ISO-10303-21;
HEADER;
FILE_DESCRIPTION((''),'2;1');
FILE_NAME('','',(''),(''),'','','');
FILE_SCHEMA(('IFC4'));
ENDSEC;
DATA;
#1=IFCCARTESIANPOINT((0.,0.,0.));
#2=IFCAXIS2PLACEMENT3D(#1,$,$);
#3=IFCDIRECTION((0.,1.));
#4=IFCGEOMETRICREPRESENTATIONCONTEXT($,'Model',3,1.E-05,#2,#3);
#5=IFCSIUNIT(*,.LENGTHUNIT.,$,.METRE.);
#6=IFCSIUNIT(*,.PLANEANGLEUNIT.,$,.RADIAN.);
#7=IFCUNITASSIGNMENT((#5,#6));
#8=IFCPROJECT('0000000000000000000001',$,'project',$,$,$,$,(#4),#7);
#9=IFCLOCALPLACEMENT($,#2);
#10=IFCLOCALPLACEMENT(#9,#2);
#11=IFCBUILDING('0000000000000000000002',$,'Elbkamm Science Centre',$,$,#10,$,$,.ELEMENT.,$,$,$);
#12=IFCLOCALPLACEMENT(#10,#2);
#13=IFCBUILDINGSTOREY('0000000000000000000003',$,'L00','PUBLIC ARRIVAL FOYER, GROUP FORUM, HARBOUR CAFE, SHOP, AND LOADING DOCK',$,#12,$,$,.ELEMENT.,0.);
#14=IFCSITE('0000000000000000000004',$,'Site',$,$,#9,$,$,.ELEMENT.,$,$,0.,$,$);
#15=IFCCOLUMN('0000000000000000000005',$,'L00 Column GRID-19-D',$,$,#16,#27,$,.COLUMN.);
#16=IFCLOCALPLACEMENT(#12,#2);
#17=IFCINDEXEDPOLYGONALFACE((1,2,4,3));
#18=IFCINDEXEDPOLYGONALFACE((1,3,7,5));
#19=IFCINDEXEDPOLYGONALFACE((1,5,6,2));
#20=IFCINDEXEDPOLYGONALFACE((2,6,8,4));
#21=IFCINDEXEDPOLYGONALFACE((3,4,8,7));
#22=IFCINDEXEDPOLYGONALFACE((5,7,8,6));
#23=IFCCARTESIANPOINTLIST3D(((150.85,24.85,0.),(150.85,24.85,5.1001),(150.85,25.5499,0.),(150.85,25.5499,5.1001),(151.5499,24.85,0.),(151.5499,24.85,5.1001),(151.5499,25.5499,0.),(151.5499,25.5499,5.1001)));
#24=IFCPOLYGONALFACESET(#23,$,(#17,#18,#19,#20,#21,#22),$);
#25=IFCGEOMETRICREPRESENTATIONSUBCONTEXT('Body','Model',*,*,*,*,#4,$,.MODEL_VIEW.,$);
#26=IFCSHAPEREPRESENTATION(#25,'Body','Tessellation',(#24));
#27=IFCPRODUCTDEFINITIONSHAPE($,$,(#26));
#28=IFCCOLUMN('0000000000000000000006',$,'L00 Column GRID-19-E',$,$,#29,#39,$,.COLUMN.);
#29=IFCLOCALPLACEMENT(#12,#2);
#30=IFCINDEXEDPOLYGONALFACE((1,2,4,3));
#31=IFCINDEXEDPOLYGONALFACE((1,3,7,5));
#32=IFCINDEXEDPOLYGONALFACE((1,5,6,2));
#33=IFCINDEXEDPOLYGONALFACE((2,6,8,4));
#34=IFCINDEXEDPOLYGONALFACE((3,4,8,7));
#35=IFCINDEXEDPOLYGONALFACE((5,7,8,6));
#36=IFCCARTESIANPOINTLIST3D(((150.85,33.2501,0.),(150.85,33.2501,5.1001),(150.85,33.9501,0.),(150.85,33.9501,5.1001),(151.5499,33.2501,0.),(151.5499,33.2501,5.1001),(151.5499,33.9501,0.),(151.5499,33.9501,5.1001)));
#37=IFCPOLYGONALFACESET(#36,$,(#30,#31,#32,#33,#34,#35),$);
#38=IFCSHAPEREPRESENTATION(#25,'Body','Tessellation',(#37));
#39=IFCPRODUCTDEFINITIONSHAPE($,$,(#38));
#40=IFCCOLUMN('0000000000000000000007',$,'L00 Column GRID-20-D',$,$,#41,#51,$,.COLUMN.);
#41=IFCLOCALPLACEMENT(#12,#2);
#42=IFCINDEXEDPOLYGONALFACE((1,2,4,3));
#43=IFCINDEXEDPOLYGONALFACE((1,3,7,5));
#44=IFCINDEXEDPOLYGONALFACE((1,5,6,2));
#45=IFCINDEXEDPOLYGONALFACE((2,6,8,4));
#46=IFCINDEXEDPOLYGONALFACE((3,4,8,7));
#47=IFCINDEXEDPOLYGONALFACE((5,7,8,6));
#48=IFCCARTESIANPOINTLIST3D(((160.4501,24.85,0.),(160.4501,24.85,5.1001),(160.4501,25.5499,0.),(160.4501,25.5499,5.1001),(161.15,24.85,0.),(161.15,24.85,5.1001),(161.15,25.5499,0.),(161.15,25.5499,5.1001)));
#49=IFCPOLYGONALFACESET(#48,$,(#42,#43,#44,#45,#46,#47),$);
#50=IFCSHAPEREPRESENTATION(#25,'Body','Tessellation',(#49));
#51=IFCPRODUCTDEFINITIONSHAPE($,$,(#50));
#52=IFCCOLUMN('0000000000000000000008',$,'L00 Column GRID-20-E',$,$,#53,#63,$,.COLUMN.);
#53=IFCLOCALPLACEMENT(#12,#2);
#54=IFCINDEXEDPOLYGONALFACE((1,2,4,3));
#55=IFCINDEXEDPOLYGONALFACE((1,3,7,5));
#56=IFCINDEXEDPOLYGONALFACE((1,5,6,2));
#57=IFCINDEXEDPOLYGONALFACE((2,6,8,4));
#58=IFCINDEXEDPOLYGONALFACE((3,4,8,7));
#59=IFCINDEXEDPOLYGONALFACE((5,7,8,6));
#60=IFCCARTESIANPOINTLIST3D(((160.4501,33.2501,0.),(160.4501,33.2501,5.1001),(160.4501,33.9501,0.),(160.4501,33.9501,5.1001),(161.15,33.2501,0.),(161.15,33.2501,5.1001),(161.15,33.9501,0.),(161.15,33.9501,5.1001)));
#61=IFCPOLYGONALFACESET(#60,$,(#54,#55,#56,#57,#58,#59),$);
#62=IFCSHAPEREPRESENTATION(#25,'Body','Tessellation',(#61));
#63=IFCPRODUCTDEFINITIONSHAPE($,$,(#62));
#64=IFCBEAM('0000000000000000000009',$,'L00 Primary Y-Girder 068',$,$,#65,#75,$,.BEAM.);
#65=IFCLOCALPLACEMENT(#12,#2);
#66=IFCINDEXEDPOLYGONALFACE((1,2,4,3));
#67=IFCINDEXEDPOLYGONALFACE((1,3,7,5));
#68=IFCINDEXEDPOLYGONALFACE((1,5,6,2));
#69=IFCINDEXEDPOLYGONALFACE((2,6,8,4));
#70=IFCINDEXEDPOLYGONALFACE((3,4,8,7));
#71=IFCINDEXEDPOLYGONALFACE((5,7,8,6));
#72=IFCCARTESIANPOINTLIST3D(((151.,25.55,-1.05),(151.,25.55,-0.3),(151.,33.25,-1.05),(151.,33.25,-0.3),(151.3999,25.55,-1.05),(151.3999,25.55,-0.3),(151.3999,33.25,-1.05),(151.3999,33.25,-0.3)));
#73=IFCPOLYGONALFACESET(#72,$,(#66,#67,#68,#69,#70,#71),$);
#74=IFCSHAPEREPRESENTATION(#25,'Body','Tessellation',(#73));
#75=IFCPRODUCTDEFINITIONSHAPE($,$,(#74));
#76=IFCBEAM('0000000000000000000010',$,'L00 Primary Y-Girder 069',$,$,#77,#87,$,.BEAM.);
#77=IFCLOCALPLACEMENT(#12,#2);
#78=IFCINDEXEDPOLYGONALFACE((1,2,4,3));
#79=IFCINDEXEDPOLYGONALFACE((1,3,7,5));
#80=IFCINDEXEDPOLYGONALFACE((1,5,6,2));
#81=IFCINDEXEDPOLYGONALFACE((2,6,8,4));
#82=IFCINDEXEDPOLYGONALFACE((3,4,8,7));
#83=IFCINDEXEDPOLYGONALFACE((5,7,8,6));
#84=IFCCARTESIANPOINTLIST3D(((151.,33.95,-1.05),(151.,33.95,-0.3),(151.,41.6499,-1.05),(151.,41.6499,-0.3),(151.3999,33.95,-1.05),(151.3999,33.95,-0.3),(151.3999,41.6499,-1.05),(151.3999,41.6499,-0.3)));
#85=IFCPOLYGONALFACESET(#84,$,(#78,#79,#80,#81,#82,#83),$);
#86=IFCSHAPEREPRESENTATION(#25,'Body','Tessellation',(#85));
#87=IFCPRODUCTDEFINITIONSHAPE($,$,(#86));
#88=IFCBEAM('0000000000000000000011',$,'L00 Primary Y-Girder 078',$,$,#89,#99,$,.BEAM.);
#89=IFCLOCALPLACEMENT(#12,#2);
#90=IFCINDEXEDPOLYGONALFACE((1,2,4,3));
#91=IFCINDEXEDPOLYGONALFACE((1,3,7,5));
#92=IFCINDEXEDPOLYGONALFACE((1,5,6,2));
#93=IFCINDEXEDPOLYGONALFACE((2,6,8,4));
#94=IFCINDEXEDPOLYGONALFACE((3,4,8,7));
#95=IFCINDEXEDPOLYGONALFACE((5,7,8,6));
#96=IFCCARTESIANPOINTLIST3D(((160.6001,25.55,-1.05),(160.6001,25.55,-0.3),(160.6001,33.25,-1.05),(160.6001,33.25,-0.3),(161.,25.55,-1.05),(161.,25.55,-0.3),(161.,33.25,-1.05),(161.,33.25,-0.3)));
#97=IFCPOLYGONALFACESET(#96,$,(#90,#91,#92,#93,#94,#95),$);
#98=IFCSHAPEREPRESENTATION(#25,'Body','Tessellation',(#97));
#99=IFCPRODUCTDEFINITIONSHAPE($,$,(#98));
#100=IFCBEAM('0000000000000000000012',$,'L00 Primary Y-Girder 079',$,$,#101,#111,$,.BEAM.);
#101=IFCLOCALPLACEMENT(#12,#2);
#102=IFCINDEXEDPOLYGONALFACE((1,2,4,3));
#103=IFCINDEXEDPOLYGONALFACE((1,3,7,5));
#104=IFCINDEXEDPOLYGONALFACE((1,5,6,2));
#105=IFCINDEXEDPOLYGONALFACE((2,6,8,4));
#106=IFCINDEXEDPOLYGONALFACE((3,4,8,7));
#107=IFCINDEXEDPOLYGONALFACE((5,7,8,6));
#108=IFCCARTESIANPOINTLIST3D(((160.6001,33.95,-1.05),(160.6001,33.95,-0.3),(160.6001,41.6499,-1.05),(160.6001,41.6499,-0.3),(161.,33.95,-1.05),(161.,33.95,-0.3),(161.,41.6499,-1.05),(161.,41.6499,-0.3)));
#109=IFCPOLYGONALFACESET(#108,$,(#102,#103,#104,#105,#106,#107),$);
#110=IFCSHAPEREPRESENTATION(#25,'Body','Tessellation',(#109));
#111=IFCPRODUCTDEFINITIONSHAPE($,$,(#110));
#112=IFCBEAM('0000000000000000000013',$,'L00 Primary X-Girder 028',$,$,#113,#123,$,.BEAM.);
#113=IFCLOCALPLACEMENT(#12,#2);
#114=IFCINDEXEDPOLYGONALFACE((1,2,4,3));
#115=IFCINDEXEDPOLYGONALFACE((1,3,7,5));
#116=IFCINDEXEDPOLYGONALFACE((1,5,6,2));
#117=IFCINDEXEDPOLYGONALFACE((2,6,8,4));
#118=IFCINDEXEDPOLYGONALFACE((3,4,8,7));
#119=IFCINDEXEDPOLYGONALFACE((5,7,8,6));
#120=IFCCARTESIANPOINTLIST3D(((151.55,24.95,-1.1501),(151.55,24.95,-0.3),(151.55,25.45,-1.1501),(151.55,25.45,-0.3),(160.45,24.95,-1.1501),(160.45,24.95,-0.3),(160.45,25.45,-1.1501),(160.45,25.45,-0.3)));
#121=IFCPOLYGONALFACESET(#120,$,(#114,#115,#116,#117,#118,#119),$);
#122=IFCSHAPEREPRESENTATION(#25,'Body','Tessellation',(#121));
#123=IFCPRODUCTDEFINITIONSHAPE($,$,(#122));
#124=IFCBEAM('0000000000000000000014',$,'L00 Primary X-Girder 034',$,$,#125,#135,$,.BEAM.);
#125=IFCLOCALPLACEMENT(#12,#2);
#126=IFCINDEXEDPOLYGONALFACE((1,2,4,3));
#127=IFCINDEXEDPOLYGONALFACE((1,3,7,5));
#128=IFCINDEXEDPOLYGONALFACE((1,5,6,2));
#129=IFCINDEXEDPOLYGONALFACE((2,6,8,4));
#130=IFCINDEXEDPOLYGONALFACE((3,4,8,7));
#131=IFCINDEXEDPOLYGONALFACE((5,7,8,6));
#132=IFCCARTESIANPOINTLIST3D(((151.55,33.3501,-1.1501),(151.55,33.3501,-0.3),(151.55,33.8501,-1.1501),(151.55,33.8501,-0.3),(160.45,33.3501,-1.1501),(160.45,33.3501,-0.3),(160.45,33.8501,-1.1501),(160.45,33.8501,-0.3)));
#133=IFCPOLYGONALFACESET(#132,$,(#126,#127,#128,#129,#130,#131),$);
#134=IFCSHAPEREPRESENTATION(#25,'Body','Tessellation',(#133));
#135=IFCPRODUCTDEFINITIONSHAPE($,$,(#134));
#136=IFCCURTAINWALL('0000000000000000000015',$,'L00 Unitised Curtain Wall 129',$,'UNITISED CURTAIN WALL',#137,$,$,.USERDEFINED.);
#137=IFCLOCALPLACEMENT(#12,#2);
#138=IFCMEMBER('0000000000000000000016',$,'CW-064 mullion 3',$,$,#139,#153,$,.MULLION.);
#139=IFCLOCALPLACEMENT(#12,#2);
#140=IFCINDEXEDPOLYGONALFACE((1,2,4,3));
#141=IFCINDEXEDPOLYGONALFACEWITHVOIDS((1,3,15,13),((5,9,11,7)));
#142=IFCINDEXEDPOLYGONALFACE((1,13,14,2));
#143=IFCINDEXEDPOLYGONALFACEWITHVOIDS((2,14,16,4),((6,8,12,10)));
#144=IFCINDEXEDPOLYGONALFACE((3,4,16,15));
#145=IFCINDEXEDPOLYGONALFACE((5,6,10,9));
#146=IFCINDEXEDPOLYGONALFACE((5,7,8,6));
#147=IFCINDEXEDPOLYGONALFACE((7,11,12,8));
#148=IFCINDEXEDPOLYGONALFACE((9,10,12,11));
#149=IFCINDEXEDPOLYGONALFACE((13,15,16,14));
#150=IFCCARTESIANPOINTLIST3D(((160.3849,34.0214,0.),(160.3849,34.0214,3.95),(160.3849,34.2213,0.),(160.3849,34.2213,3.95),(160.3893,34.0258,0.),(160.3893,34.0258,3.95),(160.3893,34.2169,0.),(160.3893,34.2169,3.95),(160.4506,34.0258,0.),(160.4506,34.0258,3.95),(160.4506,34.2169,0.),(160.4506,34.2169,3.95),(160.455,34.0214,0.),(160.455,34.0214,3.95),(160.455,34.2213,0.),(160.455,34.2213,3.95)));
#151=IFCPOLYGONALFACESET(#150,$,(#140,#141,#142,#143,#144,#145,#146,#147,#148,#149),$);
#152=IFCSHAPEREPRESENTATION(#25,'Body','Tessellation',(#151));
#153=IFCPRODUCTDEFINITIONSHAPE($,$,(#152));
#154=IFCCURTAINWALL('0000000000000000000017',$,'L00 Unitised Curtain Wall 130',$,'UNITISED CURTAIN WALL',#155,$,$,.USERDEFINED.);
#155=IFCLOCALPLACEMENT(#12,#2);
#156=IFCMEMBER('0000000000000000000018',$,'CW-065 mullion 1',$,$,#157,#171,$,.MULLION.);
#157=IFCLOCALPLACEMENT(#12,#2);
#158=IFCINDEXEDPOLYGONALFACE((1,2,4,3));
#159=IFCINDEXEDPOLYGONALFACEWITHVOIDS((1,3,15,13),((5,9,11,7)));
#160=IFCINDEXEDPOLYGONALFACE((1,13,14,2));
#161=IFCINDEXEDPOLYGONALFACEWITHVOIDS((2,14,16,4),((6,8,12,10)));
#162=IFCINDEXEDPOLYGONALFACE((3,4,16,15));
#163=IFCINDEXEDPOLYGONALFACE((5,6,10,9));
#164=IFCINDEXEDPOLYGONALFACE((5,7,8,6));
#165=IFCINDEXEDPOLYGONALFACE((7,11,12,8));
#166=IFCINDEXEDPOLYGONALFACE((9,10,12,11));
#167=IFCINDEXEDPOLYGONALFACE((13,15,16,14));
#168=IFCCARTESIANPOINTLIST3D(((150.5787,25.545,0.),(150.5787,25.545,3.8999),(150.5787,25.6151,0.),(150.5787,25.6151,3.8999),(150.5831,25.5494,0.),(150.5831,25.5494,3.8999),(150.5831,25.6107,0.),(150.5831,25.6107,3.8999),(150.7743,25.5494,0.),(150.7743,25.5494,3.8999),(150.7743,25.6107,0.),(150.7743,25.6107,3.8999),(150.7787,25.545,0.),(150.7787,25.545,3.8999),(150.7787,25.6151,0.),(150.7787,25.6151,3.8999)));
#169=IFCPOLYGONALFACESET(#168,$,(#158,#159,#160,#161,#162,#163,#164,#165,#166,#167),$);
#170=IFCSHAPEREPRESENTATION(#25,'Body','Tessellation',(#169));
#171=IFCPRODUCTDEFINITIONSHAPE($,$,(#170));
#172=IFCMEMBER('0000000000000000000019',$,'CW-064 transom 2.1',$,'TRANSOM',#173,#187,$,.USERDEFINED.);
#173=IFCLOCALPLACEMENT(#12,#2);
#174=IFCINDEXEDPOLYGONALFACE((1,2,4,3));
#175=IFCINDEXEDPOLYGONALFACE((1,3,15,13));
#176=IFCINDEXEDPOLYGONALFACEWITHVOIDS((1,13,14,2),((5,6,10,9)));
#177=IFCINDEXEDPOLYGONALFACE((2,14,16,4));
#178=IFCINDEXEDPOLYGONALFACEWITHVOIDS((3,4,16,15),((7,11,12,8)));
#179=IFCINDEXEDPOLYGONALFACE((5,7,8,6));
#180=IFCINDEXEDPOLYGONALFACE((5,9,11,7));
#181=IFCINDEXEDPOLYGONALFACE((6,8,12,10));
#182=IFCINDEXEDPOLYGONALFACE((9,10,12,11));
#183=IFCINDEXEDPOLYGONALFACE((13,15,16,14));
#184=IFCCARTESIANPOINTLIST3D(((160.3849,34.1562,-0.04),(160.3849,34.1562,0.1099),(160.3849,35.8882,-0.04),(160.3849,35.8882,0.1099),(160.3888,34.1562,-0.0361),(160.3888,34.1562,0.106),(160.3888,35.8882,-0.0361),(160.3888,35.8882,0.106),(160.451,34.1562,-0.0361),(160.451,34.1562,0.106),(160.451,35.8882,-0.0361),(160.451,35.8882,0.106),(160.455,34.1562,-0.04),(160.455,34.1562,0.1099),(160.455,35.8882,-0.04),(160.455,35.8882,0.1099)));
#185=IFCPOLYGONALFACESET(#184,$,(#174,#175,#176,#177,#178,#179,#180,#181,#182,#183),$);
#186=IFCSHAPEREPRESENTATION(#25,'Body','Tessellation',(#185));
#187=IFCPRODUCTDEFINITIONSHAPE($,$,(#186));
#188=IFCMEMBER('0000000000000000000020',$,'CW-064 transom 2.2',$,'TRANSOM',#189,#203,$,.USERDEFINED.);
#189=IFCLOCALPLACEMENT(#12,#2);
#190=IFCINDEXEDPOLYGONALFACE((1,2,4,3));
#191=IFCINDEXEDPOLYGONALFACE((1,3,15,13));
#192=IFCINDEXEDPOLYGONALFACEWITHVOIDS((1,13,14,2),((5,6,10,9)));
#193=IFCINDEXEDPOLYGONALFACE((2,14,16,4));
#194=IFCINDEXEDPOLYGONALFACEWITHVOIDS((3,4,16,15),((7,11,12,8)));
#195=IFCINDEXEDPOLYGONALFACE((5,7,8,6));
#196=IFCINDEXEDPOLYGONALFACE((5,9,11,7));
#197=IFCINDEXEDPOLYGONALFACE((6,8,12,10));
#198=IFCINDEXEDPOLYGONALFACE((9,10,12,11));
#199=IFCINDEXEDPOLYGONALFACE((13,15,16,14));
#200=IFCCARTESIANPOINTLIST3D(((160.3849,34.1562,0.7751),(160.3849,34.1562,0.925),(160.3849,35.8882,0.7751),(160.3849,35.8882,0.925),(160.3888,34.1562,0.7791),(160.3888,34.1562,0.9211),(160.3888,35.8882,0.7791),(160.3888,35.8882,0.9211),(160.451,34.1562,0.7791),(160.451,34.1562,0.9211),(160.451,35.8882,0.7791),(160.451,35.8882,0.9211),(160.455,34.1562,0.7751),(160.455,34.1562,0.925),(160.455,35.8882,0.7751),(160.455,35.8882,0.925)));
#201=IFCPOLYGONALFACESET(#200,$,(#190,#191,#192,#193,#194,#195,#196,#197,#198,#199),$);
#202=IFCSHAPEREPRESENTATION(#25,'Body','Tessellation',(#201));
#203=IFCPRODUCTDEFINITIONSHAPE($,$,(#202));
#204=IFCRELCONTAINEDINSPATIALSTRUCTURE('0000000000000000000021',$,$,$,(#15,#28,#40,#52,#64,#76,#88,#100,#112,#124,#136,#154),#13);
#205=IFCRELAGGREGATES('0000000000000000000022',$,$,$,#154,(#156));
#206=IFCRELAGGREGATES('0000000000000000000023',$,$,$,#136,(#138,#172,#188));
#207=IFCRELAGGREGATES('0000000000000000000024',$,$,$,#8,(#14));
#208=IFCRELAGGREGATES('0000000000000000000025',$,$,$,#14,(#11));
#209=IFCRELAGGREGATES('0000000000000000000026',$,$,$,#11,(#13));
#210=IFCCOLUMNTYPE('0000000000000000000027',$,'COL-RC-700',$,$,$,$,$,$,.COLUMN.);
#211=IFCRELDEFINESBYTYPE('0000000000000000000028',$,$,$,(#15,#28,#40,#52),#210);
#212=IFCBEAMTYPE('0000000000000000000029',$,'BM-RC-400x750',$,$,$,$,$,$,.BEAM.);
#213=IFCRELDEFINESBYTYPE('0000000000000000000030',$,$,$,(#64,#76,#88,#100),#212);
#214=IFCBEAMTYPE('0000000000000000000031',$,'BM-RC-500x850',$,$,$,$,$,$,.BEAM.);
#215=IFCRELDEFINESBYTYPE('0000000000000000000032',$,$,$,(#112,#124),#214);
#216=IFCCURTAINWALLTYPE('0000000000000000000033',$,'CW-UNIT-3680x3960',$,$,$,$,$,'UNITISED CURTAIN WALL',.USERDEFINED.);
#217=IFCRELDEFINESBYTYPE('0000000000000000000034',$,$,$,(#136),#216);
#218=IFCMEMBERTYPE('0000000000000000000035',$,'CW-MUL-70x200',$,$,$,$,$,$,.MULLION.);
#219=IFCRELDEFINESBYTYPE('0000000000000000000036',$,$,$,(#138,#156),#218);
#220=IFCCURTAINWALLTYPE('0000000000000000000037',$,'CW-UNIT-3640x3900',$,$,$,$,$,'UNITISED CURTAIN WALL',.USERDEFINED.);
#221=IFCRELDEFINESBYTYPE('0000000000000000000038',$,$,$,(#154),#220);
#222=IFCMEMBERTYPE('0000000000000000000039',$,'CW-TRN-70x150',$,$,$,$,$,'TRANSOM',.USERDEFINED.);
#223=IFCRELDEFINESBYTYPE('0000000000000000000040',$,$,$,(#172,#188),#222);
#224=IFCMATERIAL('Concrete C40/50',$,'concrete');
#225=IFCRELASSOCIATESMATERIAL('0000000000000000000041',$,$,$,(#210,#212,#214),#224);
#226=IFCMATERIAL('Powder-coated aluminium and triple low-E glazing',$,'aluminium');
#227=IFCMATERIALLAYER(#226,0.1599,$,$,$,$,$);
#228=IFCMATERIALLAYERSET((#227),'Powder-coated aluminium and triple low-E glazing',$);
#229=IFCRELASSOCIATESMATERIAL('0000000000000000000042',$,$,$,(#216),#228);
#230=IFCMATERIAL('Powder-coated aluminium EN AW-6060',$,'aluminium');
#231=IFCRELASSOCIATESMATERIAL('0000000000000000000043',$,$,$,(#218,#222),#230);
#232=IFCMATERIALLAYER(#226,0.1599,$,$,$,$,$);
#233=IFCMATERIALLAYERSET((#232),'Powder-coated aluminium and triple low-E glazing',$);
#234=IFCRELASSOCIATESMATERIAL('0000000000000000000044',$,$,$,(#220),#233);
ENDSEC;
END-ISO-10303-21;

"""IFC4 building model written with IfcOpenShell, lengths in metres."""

from ifc_helpers import new_model, si_unit, direction, frame, origin, origin_2d, place, context, subcontext, project, spatial, rectangle, hollow_rectangle, extrude, material, layer, layer_set, material_profile, profile_set, type_object, element, aggregate, save


model = new_model("IFC4")

# Units and contexts
model_context = context("Model", 3, precision=1e-05, world=origin(), true_north=direction((0.0, 1.0)))
body_context = subcontext(model_context, "Body", "Model", "MODEL_VIEW")
ifc_project = project(units=[si_unit("LENGTHUNIT", "METRE"), si_unit("PLANEANGLEUNIT", "RADIAN")], contexts=[model_context])

# Site, building, storey
site_placement = place(None, origin())
site = spatial("IfcSite", under=ifc_project, at=site_placement, Name="Site", CompositionType="ELEMENT", RefElevation=0.0)
building_placement = place(site_placement, origin())
building = spatial("IfcBuilding", under=site, at=building_placement, Name="Elbkamm Science Centre", CompositionType="ELEMENT")
storey_placement = place(building_placement, origin())
storey = spatial("IfcBuildingStorey", under=building, at=storey_placement, Name="L00", Description="PUBLIC ARRIVAL FOYER, GROUP FORUM, HARBOUR CAFE, SHOP, AND LOADING DOCK", CompositionType="ELEMENT", Elevation=0.0)

# Columns
ifc_material_1 = material(Name="Concrete C40/50", Category="concrete")
ifc_material_profile_1 = material_profile(ifc_material_1, rectangle(XDim=0.7, YDim=0.7, at=origin_2d()), Name="RC 700x700")
ifc_profile_set_1 = profile_set([ifc_material_profile_1], Name="Concrete C40/50")
column_type = type_object("IfcColumnType", Name="COL-RC-700", PredefinedType="COLUMN", material=ifc_profile_set_1)
for number, where, z_axis, x_axis, name in (
    (1, (151.2, 25.2, 0.0), (0.0, 0.0, 1.0), (1.0, 0.0, 0.0), "L00 Column GRID-19-D"),
    (2, (151.2, 33.6001, 0.0), (0.0, 0.0, 1.0), (1.0, 0.0, 0.0), "L00 Column GRID-19-E"),
    (3, (160.8, 25.2, 0.0), (0.0, 0.0, 1.0), (1.0, 0.0, 0.0), "L00 Column GRID-20-D"),
    (4, (160.8, 33.6001, 0.0), (0.0, 0.0, 1.0), (1.0, 0.0, 0.0), "L00 Column GRID-20-E"),
):
    element("IfcColumn", number, at=place(storey_placement, frame(where, z_axis=z_axis, x_axis=x_axis)), inside=storey, type_object=column_type, Name=name, PredefinedType="COLUMN", context=body_context, shape_type="SweptSolid", body=[
        extrude(rectangle(XDim=0.7, YDim=0.7, at=origin_2d()), origin(), (0.0, 0.0, 1.0), 5.1001),
    ])

# Beams
ifc_material_profile_2 = material_profile(ifc_material_1, rectangle(XDim=0.3999, YDim=0.75, at=origin_2d()), Name="RC 400x750")
ifc_profile_set_2 = profile_set([ifc_material_profile_2], Name="Concrete C40/50")
beam_type_1 = type_object("IfcBeamType", Name="BM-RC-400x750", PredefinedType="BEAM", material=ifc_profile_set_2)
for number, where, z_axis, x_axis, name in (
    (5, (151.2, 25.55, -0.675), (0.0, 1.0, 0.0), (-1.0, 0.0, 0.0), "L00 Primary Y-Girder 068"),
    (6, (151.2, 33.95, -0.675), (0.0, 1.0, 0.0), (-1.0, 0.0, 0.0), "L00 Primary Y-Girder 069"),
    (7, (160.8, 25.55, -0.675), (0.0, 1.0, 0.0), (-1.0, 0.0, 0.0), "L00 Primary Y-Girder 078"),
    (8, (160.8, 33.95, -0.675), (0.0, 1.0, 0.0), (-1.0, 0.0, 0.0), "L00 Primary Y-Girder 079"),
):
    element("IfcBeam", number, at=place(storey_placement, frame(where, z_axis=z_axis, x_axis=x_axis)), inside=storey, type_object=beam_type_1, Name=name, PredefinedType="BEAM", context=body_context, shape_type="SweptSolid", body=[
        extrude(rectangle(XDim=0.3999, YDim=0.75, at=origin_2d()), origin(), (0.0, 0.0, 1.0), 7.7),
    ])
ifc_material_profile_3 = material_profile(ifc_material_1, rectangle(XDim=0.5, YDim=0.8501, at=origin_2d()), Name="RC 500x850")
ifc_profile_set_3 = profile_set([ifc_material_profile_3], Name="Concrete C40/50")
beam_type_2 = type_object("IfcBeamType", Name="BM-RC-500x850", PredefinedType="BEAM", material=ifc_profile_set_3)
for number, where, z_axis, x_axis, name in (
    (9, (151.55, 25.2, -0.7251), (1.0, 0.0, 0.0), (0.0, 1.0, 0.0), "L00 Primary X-Girder 028"),
    (10, (151.55, 33.6001, -0.7251), (1.0, 0.0, 0.0), (0.0, 1.0, 0.0), "L00 Primary X-Girder 034"),
):
    element("IfcBeam", number, at=place(storey_placement, frame(where, z_axis=z_axis, x_axis=x_axis)), inside=storey, type_object=beam_type_2, Name=name, PredefinedType="BEAM", context=body_context, shape_type="SweptSolid", body=[
        extrude(rectangle(XDim=0.5, YDim=0.8501, at=origin_2d()), origin(), (0.0, 0.0, 1.0), 8.8999),
    ])

# Curtain walls, members
ifc_material_2 = material(Name="Powder-coated aluminium and triple low-E glazing", Category="aluminium")
ifc_layer_1 = layer(ifc_material_2, 0.1599)
ifc_layer_set_1 = layer_set([ifc_layer_1], Name="Powder-coated aluminium and triple low-E glazing")
curtain_wall_type_1 = type_object("IfcCurtainWallType", Name="CW-UNIT-3680x3960", ElementType="UNITISED CURTAIN WALL", PredefinedType="USERDEFINED", material=ifc_layer_set_1)
curtain_wall_1_placement = place(storey_placement, origin())
curtain_wall_1 = element("IfcCurtainWall", 11, at=curtain_wall_1_placement, inside=storey, type_object=curtain_wall_type_1, Name="L00 Unitised Curtain Wall 129", ObjectType="UNITISED CURTAIN WALL", PredefinedType="USERDEFINED")
ifc_material_3 = material(Name="Powder-coated aluminium EN AW-6060", Category="aluminium")
ifc_material_profile_4 = material_profile(ifc_material_3, hollow_rectangle(XDim=0.0701, YDim=0.2, WallThickness=0.0044, at=origin_2d()), Name="ALU M70x200")
ifc_profile_set_4 = profile_set([ifc_material_profile_4], Name="Powder-coated aluminium EN AW-6060")
member_type_1 = type_object("IfcMemberType", Name="CW-MUL-70x200", PredefinedType="MULLION", material=ifc_profile_set_4)
member_1_placement = place(storey_placement, frame((160.4199, 34.1213, 0.0), z_axis=(0.0, 0.0, 1.0), x_axis=(1.0, 0.0, 0.0)))
member_1 = element("IfcMember", 12, at=member_1_placement, type_object=member_type_1, Name="CW-064 mullion 3", PredefinedType="MULLION", context=body_context, shape_type="SweptSolid", body=[
    extrude(hollow_rectangle(XDim=0.0701, YDim=0.2, WallThickness=0.0044, at=origin_2d()), origin(), (0.0, 0.0, 1.0), 3.95),
])
ifc_layer_2 = layer(ifc_material_2, 0.1599)
ifc_layer_set_2 = layer_set([ifc_layer_2], Name="Powder-coated aluminium and triple low-E glazing")
curtain_wall_type_2 = type_object("IfcCurtainWallType", Name="CW-UNIT-3640x3900", ElementType="UNITISED CURTAIN WALL", PredefinedType="USERDEFINED", material=ifc_layer_set_2)
curtain_wall_2_placement = place(storey_placement, origin())
curtain_wall_2 = element("IfcCurtainWall", 13, at=curtain_wall_2_placement, inside=storey, type_object=curtain_wall_type_2, Name="L00 Unitised Curtain Wall 130", ObjectType="UNITISED CURTAIN WALL", PredefinedType="USERDEFINED")
member_2_placement = place(storey_placement, frame((150.6787, 25.5801, 0.0), z_axis=(0.0, 0.0, 1.0), x_axis=(0.0, -1.0, 0.0)))
member_2 = element("IfcMember", 14, at=member_2_placement, type_object=member_type_1, Name="CW-065 mullion 1", PredefinedType="MULLION", context=body_context, shape_type="SweptSolid", body=[
    extrude(hollow_rectangle(XDim=0.0701, YDim=0.2, WallThickness=0.0044, at=origin_2d()), origin(), (0.0, 0.0, 1.0), 3.8999),
])

# Members
ifc_material_profile_5 = material_profile(ifc_material_3, hollow_rectangle(XDim=0.0701, YDim=0.1499, WallThickness=0.0039, at=origin_2d()), Name="ALU T70x150")
ifc_profile_set_5 = profile_set([ifc_material_profile_5], Name="Powder-coated aluminium EN AW-6060")
member_type_2 = type_object("IfcMemberType", Name="CW-TRN-70x150", ElementType="TRANSOM", PredefinedType="USERDEFINED", material=ifc_profile_set_5)
member_3_placement = place(storey_placement, frame((160.4199, 35.8882, 0.0349), z_axis=(0.0, -1.0, 0.0), x_axis=(1.0, 0.0, 0.0)))
member_3 = element("IfcMember", 15, at=member_3_placement, type_object=member_type_2, Name="CW-064 transom 2.1", ObjectType="TRANSOM", PredefinedType="USERDEFINED", context=body_context, shape_type="SweptSolid", body=[
    extrude(hollow_rectangle(XDim=0.0701, YDim=0.1499, WallThickness=0.0039, at=origin_2d()), origin(), (0.0, 0.0, 1.0), 1.7319),
])
member_4_placement = place(storey_placement, frame((160.4199, 35.8882, 0.8501), z_axis=(0.0, -1.0, 0.0), x_axis=(1.0, 0.0, 0.0)))
member_4 = element("IfcMember", 16, at=member_4_placement, type_object=member_type_2, Name="CW-064 transom 2.2", ObjectType="TRANSOM", PredefinedType="USERDEFINED", context=body_context, shape_type="SweptSolid", body=[
    extrude(hollow_rectangle(XDim=0.0701, YDim=0.1499, WallThickness=0.0039, at=origin_2d()), origin(), (0.0, 0.0, 1.0), 1.7319),
])
aggregate(curtain_wall_2, [member_2])

aggregate(curtain_wall_1, [member_1, member_3, member_4])

save(model, "model.ifc")
